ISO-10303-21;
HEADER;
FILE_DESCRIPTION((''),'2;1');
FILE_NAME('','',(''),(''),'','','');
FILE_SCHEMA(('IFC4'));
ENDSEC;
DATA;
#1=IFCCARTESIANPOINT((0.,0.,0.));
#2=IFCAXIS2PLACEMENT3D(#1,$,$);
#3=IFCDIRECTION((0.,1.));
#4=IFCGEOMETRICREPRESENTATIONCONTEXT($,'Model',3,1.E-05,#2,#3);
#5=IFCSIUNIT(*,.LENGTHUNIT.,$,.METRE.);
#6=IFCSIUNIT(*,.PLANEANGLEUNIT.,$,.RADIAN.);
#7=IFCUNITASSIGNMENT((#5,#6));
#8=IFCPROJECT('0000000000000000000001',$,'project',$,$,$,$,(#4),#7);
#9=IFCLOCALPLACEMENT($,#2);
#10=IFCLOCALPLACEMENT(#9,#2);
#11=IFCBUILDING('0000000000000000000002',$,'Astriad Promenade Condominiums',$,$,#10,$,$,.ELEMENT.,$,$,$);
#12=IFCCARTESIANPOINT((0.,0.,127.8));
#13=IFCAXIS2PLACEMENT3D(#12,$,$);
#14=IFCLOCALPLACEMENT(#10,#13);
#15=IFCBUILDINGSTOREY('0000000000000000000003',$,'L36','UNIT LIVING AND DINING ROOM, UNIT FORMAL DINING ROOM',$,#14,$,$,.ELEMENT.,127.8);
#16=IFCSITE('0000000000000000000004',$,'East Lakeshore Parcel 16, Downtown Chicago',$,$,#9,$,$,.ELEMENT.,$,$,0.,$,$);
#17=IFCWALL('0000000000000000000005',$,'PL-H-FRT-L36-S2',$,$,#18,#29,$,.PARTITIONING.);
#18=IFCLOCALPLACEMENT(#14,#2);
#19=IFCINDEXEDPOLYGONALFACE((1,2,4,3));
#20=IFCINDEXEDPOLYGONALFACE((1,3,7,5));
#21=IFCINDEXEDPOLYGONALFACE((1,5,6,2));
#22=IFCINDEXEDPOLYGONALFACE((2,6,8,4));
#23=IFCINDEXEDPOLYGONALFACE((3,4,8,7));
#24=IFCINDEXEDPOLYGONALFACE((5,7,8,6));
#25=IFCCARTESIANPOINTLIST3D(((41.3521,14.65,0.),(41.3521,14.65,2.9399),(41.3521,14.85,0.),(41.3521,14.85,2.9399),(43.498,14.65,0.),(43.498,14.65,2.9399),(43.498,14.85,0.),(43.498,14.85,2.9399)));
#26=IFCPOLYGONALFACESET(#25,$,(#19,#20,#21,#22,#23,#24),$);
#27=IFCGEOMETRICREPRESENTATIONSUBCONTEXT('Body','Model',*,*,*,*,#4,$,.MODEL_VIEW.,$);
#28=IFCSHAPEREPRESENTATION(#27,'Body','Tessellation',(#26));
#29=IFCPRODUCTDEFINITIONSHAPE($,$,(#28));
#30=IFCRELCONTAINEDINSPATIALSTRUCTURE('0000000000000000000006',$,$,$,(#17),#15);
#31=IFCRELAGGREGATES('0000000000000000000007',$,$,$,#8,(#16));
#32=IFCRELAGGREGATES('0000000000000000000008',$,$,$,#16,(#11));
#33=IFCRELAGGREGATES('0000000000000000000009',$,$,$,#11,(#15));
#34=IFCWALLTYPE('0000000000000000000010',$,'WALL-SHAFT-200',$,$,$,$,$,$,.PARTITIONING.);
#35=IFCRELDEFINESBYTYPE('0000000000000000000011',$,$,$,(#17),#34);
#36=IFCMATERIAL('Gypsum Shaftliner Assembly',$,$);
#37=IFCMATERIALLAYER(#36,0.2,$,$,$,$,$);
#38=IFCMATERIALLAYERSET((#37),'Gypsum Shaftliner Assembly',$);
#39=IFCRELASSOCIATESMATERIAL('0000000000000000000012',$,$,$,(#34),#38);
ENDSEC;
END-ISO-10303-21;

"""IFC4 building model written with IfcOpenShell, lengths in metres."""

from ifc_helpers import new_model, si_unit, direction, frame, frame_2d, origin, place, context, subcontext, project, spatial, rectangle, extrude, material, layer, layer_set, type_object, element, save


model = new_model("IFC4")

# Units and contexts
model_context = context("Model", 3, precision=1e-05, world=origin(), true_north=direction((0.0, 1.0)))
body_context = subcontext(model_context, "Body", "Model", "MODEL_VIEW")
ifc_project = project(units=[si_unit("LENGTHUNIT", "METRE"), si_unit("PLANEANGLEUNIT", "RADIAN")], contexts=[model_context])

# Site, building, storey
site_placement = place(None, origin())
site = spatial("IfcSite", under=ifc_project, at=site_placement, Name="East Lakeshore Parcel 16, Downtown Chicago", CompositionType="ELEMENT", RefElevation=0.0)
building_placement = place(site_placement, origin())
building = spatial("IfcBuilding", under=site, at=building_placement, Name="Astriad Promenade Condominiums", CompositionType="ELEMENT")
storey_placement = place(building_placement, frame((0.0, 0.0, 127.8)))
storey = spatial("IfcBuildingStorey", under=building, at=storey_placement, Name="L36", Description="UNIT LIVING AND DINING ROOM, UNIT FORMAL DINING ROOM", CompositionType="ELEMENT", Elevation=127.8)

# Shared definitions
ifc_material_1 = material(Name="Gypsum Shaftliner Assembly")
ifc_layer_1 = layer(ifc_material_1, 0.2)
ifc_layer_set_1 = layer_set([ifc_layer_1], Name="Gypsum Shaftliner Assembly")
wall_type_1 = type_object("IfcWallType", Name="WALL-SHAFT-200", PredefinedType="PARTITIONING", material=ifc_layer_set_1)

# Wall
for number, where, z_axis, x_axis, name in (
    (1, (41.3521, 14.75, 0.0), (0.0, 0.0, 1.0), (1.0, 0.0, 0.0), "PL-H-FRT-L36-S2"),
):
    element("IfcWall", number, at=place(storey_placement, frame(where, z_axis=z_axis, x_axis=x_axis)), inside=storey, type_object=wall_type_1, Name=name, PredefinedType="PARTITIONING", context=body_context, shape_type="SweptSolid", body=[
        extrude(rectangle(XDim=2.146, YDim=0.2, at=frame_2d((1.073, 0.0))), origin(), (0.0, 0.0, 1.0), 2.9399),
    ])

save(model, "model.ifc")
